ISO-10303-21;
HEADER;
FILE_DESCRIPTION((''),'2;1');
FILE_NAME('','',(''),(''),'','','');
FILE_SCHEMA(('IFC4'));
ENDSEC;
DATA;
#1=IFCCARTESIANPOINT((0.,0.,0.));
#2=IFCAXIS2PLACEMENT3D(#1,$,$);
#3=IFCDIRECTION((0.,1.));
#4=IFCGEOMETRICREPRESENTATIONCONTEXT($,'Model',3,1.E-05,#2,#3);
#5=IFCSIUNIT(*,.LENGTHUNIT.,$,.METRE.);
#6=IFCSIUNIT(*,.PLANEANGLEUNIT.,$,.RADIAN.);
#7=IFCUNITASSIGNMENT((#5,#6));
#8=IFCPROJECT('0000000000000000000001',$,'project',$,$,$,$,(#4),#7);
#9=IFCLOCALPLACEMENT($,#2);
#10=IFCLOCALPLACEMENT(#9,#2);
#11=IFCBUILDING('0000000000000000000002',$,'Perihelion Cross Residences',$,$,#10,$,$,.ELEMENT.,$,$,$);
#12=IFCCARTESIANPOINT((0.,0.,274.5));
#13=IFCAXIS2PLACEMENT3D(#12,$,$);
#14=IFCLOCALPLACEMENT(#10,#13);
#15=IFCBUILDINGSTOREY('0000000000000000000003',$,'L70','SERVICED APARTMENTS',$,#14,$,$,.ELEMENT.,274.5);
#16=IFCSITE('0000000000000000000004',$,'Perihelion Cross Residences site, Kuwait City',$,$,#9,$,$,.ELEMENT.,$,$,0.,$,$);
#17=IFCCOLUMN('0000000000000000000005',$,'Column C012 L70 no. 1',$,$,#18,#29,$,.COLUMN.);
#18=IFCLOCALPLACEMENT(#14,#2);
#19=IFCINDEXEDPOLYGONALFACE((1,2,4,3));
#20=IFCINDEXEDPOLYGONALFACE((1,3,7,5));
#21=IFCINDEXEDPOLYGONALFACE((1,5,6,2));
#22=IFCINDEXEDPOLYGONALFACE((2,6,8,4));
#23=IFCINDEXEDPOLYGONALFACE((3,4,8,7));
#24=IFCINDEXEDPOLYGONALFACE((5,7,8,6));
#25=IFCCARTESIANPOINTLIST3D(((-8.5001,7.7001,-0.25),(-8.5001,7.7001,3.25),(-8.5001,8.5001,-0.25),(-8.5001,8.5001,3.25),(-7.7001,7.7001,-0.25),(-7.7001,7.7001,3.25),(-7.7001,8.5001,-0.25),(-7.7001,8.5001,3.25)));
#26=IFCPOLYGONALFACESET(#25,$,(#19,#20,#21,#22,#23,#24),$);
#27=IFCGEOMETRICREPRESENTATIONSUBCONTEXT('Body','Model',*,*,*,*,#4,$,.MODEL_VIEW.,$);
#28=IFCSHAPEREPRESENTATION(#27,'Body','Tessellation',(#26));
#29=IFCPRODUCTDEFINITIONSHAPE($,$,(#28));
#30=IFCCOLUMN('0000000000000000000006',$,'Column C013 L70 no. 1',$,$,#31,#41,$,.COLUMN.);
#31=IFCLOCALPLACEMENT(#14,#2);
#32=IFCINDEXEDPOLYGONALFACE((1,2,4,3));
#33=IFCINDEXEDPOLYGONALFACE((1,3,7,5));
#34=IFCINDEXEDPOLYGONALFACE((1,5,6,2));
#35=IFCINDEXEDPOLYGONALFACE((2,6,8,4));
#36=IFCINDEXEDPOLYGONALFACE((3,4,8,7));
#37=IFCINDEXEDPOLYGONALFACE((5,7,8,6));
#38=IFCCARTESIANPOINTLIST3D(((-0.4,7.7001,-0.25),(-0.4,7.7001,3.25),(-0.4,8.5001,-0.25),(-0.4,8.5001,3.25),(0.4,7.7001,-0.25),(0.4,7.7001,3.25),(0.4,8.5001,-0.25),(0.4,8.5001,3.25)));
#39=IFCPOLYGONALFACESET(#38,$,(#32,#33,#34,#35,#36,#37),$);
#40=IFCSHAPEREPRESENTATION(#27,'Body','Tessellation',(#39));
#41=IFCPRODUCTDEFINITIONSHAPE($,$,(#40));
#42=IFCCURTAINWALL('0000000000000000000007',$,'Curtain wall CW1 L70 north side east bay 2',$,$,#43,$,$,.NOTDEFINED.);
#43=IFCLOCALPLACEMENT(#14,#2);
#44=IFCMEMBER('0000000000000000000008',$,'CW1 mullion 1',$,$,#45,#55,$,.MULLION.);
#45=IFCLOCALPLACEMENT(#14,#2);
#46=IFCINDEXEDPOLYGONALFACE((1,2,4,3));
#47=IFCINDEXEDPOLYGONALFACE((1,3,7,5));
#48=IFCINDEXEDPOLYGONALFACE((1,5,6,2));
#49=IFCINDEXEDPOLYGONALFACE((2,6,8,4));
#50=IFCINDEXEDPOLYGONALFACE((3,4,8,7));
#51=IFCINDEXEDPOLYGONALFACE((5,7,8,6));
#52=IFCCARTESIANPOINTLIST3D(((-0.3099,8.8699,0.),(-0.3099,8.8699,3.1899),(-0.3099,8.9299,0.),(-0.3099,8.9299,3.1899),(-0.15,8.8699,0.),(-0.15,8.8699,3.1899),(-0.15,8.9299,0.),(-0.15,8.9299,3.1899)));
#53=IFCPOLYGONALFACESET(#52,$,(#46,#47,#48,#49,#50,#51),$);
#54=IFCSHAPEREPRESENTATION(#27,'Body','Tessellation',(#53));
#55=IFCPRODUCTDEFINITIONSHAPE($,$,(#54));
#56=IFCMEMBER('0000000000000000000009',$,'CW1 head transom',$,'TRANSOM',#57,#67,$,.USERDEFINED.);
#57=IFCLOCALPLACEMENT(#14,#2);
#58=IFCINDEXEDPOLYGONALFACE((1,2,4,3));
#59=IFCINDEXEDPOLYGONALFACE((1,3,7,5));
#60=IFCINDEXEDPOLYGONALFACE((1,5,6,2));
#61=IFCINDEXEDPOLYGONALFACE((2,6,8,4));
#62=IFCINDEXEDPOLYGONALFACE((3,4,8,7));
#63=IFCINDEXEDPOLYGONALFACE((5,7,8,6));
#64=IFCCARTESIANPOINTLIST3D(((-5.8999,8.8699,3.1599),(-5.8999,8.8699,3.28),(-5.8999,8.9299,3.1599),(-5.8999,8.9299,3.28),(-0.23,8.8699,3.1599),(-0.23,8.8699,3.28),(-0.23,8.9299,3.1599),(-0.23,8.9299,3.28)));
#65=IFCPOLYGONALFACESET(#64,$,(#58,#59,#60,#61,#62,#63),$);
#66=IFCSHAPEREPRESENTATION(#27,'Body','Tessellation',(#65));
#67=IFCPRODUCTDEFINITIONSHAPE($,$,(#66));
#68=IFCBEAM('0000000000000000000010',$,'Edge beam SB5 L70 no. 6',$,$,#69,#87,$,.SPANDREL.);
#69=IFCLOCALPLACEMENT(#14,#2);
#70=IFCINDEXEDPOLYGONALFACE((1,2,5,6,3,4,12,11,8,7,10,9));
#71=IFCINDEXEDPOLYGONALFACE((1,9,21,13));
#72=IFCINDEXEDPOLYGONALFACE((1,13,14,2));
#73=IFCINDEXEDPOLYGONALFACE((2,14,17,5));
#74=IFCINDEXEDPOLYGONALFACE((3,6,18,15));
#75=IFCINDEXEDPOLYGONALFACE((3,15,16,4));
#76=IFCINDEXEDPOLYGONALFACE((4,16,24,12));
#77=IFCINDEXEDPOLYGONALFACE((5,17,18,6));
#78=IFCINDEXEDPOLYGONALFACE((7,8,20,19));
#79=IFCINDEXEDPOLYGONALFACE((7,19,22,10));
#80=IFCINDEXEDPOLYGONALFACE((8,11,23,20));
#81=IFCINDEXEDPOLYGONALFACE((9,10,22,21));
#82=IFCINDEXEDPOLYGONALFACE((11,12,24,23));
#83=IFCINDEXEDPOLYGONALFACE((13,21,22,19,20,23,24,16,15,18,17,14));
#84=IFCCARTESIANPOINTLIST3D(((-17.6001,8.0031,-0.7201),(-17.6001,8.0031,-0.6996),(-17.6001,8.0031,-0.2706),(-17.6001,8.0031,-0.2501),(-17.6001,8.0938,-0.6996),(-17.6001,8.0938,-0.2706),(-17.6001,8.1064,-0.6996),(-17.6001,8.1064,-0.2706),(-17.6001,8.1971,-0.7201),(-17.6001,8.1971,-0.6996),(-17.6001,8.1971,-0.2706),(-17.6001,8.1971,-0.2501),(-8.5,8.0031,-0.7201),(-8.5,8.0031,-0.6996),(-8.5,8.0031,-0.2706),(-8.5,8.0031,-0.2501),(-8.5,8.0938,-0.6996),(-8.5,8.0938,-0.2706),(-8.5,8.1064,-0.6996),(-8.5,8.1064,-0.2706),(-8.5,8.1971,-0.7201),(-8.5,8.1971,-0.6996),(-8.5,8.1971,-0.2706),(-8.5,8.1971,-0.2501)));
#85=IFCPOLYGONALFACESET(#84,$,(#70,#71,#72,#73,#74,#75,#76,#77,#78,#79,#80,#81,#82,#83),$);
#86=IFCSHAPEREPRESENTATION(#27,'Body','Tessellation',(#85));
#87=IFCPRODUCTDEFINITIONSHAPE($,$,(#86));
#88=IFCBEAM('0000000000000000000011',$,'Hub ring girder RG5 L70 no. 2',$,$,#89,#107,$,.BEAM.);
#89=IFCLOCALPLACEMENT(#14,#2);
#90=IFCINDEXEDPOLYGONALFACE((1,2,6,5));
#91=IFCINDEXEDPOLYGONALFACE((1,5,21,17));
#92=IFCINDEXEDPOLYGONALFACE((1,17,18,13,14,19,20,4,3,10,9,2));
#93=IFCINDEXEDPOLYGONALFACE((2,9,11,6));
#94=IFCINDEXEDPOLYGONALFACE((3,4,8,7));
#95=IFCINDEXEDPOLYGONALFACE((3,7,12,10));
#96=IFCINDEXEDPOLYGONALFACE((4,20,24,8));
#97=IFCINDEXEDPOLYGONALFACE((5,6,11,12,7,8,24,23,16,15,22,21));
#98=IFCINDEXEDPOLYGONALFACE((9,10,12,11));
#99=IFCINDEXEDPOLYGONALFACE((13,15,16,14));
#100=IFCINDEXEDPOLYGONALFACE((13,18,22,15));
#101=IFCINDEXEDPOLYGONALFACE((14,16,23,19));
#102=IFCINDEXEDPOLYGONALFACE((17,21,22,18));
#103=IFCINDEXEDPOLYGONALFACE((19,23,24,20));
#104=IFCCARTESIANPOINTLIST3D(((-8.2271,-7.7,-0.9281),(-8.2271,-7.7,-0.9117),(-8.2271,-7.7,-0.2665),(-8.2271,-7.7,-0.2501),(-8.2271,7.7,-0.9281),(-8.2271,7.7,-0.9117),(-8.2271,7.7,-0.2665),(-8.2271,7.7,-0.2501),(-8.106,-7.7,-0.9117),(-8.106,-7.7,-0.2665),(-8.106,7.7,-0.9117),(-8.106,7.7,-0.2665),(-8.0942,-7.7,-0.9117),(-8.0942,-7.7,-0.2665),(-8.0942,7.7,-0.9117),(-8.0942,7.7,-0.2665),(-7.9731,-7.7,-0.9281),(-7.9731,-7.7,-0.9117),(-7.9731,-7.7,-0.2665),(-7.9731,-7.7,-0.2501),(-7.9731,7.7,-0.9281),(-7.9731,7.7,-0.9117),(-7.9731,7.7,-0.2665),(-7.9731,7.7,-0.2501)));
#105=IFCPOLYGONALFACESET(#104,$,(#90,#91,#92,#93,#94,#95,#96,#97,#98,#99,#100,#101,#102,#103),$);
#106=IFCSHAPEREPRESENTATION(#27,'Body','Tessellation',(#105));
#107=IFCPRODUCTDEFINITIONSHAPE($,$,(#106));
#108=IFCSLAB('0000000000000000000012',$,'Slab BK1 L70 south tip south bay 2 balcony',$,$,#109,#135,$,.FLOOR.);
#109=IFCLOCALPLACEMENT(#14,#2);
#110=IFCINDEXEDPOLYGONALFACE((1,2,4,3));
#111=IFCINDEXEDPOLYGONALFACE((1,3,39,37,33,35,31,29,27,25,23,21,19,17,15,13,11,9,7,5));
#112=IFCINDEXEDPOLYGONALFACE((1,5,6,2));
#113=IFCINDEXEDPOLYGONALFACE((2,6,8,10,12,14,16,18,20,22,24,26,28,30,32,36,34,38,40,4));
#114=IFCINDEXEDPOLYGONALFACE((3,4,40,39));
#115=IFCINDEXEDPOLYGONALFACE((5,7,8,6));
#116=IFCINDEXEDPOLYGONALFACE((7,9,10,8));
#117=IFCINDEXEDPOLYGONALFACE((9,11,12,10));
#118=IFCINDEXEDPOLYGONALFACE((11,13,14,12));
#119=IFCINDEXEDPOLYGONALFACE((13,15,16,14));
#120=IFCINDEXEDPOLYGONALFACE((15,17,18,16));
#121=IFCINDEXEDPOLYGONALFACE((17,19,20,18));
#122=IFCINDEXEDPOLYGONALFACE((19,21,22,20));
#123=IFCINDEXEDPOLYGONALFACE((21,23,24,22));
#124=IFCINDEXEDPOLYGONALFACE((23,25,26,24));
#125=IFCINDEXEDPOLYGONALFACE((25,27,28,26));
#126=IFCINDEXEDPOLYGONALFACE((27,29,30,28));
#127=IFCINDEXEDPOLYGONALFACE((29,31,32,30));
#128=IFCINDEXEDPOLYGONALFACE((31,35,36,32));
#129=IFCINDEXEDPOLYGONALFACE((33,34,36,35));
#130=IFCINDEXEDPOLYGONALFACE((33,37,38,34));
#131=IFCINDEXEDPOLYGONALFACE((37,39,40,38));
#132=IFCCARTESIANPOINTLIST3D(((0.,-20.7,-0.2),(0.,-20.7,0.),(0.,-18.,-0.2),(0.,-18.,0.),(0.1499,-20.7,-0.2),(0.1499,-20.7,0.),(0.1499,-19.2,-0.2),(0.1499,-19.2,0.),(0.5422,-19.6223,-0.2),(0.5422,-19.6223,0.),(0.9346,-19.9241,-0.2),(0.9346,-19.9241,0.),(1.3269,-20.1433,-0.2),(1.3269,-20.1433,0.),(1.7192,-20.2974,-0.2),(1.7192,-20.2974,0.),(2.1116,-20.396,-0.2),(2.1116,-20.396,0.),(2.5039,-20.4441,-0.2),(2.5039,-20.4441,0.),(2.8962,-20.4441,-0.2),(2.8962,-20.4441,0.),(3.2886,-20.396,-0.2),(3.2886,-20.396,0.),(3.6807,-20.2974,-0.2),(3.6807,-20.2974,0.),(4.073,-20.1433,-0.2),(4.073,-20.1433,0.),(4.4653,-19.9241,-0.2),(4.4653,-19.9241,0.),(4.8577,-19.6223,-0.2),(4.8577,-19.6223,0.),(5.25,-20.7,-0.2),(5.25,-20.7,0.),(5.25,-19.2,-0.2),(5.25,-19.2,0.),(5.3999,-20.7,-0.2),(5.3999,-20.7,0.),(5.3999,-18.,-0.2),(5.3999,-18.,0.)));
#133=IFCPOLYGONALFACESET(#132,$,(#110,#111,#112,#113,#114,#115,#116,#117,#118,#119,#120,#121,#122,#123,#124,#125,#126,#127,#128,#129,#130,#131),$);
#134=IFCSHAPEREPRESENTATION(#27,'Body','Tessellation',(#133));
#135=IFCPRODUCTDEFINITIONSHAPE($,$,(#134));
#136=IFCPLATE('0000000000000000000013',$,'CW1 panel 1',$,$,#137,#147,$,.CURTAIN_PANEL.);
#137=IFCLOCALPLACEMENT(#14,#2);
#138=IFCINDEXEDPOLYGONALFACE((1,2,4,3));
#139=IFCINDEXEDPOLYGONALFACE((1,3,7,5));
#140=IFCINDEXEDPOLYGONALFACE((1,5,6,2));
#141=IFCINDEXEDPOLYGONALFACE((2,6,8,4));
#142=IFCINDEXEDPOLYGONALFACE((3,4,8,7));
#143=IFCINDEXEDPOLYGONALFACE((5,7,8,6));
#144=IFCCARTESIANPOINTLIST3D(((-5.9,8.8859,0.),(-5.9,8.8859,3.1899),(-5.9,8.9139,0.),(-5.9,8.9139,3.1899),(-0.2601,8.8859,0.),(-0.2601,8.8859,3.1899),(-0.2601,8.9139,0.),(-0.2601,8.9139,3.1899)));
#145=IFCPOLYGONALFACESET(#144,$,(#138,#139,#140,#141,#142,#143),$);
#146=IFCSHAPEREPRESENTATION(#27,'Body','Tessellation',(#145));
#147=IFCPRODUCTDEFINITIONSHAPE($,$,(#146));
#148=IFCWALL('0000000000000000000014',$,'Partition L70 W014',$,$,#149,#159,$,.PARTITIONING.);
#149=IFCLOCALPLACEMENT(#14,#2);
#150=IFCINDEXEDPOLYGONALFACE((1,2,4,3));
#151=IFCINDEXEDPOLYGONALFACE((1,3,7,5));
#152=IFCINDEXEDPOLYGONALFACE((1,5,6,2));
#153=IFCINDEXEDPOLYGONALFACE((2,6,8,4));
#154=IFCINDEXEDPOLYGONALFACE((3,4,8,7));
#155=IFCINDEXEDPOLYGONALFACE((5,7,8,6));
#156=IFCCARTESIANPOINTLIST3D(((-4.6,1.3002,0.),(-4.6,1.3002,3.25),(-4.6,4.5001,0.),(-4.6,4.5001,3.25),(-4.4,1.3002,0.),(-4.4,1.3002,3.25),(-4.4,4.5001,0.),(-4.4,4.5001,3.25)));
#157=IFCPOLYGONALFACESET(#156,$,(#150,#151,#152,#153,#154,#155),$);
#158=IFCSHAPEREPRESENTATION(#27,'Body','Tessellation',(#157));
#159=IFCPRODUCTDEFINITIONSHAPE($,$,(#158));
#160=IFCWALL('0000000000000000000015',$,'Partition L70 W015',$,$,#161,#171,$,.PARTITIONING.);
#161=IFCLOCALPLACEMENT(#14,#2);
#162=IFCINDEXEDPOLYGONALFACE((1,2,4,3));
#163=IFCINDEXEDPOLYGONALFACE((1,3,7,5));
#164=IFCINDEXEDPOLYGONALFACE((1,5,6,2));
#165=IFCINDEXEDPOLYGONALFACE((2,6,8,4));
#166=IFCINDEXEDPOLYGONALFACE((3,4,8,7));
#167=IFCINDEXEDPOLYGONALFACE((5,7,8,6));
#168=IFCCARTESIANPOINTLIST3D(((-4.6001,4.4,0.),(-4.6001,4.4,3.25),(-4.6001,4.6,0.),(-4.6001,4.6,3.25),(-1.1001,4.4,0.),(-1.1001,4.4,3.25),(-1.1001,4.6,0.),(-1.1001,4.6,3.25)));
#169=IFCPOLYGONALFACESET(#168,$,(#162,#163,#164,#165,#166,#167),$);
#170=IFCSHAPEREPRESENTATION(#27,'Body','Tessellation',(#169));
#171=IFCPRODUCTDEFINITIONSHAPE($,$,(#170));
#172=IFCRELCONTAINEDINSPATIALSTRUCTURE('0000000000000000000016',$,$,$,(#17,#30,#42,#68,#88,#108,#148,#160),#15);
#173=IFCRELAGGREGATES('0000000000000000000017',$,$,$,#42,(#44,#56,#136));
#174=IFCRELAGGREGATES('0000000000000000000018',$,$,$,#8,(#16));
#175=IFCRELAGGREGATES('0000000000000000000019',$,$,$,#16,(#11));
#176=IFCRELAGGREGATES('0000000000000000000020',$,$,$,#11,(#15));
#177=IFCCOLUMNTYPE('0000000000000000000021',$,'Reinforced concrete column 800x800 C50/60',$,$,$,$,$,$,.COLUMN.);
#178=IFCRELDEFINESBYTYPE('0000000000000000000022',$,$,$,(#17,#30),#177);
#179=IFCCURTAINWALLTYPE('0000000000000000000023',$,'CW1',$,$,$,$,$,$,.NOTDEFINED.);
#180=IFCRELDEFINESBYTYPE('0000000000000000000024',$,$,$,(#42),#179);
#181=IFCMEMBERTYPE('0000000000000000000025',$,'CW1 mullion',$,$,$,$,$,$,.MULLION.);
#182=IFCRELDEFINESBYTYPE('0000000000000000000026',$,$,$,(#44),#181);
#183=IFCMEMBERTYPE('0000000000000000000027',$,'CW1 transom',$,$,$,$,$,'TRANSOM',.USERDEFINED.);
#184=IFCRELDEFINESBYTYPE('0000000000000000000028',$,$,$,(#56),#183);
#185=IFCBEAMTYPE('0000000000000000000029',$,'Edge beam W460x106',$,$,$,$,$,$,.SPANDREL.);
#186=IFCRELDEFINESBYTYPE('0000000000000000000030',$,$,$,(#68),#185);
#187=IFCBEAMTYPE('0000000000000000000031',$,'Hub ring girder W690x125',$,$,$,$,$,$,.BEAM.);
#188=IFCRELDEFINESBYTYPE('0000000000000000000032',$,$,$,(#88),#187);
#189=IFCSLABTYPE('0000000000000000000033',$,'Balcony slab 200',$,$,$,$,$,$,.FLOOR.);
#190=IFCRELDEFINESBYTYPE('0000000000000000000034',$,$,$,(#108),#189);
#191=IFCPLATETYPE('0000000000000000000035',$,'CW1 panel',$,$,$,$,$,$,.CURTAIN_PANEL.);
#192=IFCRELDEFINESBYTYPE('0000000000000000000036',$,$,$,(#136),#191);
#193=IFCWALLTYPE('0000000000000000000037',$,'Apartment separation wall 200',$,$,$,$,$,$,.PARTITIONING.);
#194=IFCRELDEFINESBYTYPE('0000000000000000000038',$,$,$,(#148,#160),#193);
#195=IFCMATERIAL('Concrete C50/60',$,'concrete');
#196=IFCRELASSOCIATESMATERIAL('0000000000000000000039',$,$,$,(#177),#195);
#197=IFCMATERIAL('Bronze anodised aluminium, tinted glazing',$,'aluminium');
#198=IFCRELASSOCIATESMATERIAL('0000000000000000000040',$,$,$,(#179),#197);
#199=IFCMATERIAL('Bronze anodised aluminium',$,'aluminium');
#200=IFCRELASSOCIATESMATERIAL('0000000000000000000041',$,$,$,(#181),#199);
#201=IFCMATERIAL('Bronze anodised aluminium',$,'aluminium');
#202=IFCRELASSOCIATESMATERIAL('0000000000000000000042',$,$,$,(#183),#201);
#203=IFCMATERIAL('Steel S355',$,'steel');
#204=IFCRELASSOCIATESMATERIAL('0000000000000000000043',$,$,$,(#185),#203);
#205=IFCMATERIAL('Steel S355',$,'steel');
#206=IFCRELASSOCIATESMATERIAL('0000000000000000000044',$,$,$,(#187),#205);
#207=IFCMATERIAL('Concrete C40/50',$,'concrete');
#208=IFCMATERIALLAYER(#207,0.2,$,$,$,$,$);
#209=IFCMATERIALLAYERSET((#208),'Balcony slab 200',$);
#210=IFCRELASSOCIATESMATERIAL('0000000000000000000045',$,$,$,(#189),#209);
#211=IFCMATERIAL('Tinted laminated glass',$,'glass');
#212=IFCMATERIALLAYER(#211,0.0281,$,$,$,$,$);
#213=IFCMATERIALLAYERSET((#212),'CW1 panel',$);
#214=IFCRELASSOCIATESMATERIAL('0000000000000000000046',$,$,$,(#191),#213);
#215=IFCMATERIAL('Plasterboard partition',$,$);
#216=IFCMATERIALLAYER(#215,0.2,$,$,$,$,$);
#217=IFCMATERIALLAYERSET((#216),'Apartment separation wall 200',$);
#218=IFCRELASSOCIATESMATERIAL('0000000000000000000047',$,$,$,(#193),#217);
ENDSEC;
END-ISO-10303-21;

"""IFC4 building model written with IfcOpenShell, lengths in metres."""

from ifc_helpers import new_model, si_unit, direction, frame, frame_2d, origin, origin_2d, place, context, subcontext, project, spatial, polyline, rectangle, i_section, outline, extrude, material, layer, layer_set, material_profile, profile_set, type_object, element, aggregate, save


model = new_model("IFC4")

# Units and contexts
model_context = context("Model", 3, precision=1e-05, world=origin(), true_north=direction((0.0, 1.0)))
body_context = subcontext(model_context, "Body", "Model", "MODEL_VIEW")
ifc_project = project(units=[si_unit("LENGTHUNIT", "METRE"), si_unit("PLANEANGLEUNIT", "RADIAN")], contexts=[model_context])

# Site, building, storey
site_placement = place(None, origin())
site = spatial("IfcSite", under=ifc_project, at=site_placement, Name="Perihelion Cross Residences site, Kuwait City", CompositionType="ELEMENT", RefElevation=0.0)
building_placement = place(site_placement, origin())
building = spatial("IfcBuilding", under=site, at=building_placement, Name="Perihelion Cross Residences", CompositionType="ELEMENT")
storey_placement = place(building_placement, frame((0.0, 0.0, 274.5)))
storey = spatial("IfcBuildingStorey", under=building, at=storey_placement, Name="L70", Description="SERVICED APARTMENTS", CompositionType="ELEMENT", Elevation=274.5)

# Columns
ifc_material_1 = material(Name="Concrete C50/60", Category="concrete")
ifc_material_profile_1 = material_profile(ifc_material_1, rectangle(XDim=0.8, YDim=0.8, at=origin_2d()), Name="RC 800x800")
ifc_profile_set_1 = profile_set([ifc_material_profile_1], Name="Concrete C50/60")
column_type = type_object("IfcColumnType", Name="Reinforced concrete column 800x800 C50/60", PredefinedType="COLUMN", material=ifc_profile_set_1)
for number, where, z_axis, x_axis, name in (
    (1, (-8.1001, 8.1001, -0.25), (0.0, 0.0, 1.0), (1.0, 0.0, 0.0), "Column C012 L70 no. 1"),
    (2, (0.0, 8.1001, -0.25), (0.0, 0.0, 1.0), (1.0, 0.0, 0.0), "Column C013 L70 no. 1"),
):
    element("IfcColumn", number, at=place(storey_placement, frame(where, z_axis=z_axis, x_axis=x_axis)), inside=storey, type_object=column_type, Name=name, PredefinedType="COLUMN", context=body_context, shape_type="SweptSolid", body=[
        extrude(rectangle(XDim=0.8, YDim=0.8, at=origin_2d()), origin(), (0.0, 0.0, 1.0), 3.5),
    ])

# Curtain wall, members
ifc_material_2 = material(Name="Bronze anodised aluminium, tinted glazing", Category="aluminium")
curtain_wall_type = type_object("IfcCurtainWallType", Name="CW1", PredefinedType="NOTDEFINED", material=ifc_material_2)
curtain_wall_placement = place(storey_placement, origin())
curtain_wall = element("IfcCurtainWall", 3, at=curtain_wall_placement, inside=storey, type_object=curtain_wall_type, Name="Curtain wall CW1 L70 north side east bay 2", PredefinedType="NOTDEFINED")
ifc_material_3 = material(Name="Bronze anodised aluminium", Category="aluminium")
ifc_material_profile_2 = material_profile(ifc_material_3, rectangle(XDim=0.0601, YDim=0.1599, at=origin_2d()), Name="CW1 mullion")
ifc_profile_set_2 = profile_set([ifc_material_profile_2], Name="Bronze anodised aluminium")
member_type_1 = type_object("IfcMemberType", Name="CW1 mullion", PredefinedType="MULLION", material=ifc_profile_set_2)
member_1_placement = place(storey_placement, frame((-0.23, 8.8999, 0.0), z_axis=(0.0, 0.0, 1.0), x_axis=(0.0, -1.0, 0.0)))
member_1 = element("IfcMember", 4, at=member_1_placement, type_object=member_type_1, Name="CW1 mullion 1", PredefinedType="MULLION", context=body_context, shape_type="SweptSolid", body=[
    extrude(rectangle(XDim=0.0601, YDim=0.1599, at=origin_2d()), origin(), (0.0, 0.0, 1.0), 3.1899),
])
ifc_material_4 = material(Name="Bronze anodised aluminium", Category="aluminium")
ifc_material_profile_3 = material_profile(ifc_material_4, rectangle(XDim=0.0601, YDim=0.1201, at=origin_2d()), Name="CW1 transom")
ifc_profile_set_3 = profile_set([ifc_material_profile_3], Name="Bronze anodised aluminium")
member_type_2 = type_object("IfcMemberType", Name="CW1 transom", ElementType="TRANSOM", PredefinedType="USERDEFINED", material=ifc_profile_set_3)
member_2_placement = place(storey_placement, frame((-0.23, 8.8999, 3.22), z_axis=(-1.0, 0.0, 0.0), x_axis=(0.0, -1.0, 0.0)))
member_2 = element("IfcMember", 5, at=member_2_placement, type_object=member_type_2, Name="CW1 head transom", ObjectType="TRANSOM", PredefinedType="USERDEFINED", context=body_context, shape_type="SweptSolid", body=[
    extrude(rectangle(XDim=0.0601, YDim=0.1201, at=origin_2d()), origin(), (0.0, 0.0, 1.0), 5.6699),
])

# Beams
ifc_material_5 = material(Name="Steel S355", Category="steel")
ifc_material_profile_4 = material_profile(ifc_material_5, i_section(OverallWidth=0.1941, OverallDepth=0.47, WebThickness=0.0127, FlangeThickness=0.0205, at=origin_2d()), Name="W460x106")
ifc_profile_set_4 = profile_set([ifc_material_profile_4], Name="Steel S355")
beam_type_1 = type_object("IfcBeamType", Name="Edge beam W460x106", PredefinedType="SPANDREL", material=ifc_profile_set_4)
beam_1_placement = place(storey_placement, frame((-8.5, 8.1001, -0.4851), z_axis=(-1.0, 0.0, 0.0), x_axis=(0.0, -1.0, 0.0)))
element("IfcBeam", 6, at=beam_1_placement, inside=storey, type_object=beam_type_1, Name="Edge beam SB5 L70 no. 6", PredefinedType="SPANDREL", context=body_context, shape_type="SweptSolid", body=[
    extrude(i_section(OverallWidth=0.1941, OverallDepth=0.47, WebThickness=0.0127, FlangeThickness=0.0205, at=origin_2d()), origin(), (0.0, 0.0, 1.0), 9.1001),
])
ifc_material_6 = material(Name="Steel S355", Category="steel")
ifc_material_profile_5 = material_profile(ifc_material_6, i_section(OverallWidth=0.2539, OverallDepth=0.678, WebThickness=0.0117, FlangeThickness=0.0164, at=origin_2d()), Name="W690x125")
ifc_profile_set_5 = profile_set([ifc_material_profile_5], Name="Steel S355")
beam_type_2 = type_object("IfcBeamType", Name="Hub ring girder W690x125", PredefinedType="BEAM", material=ifc_profile_set_5)
beam_2_placement = place(storey_placement, frame((-8.1001, 7.7, -0.5891), z_axis=(0.0, -1.0, 0.0), x_axis=(1.0, 0.0, 0.0)))
element("IfcBeam", 7, at=beam_2_placement, inside=storey, type_object=beam_type_2, Name="Hub ring girder RG5 L70 no. 2", PredefinedType="BEAM", context=body_context, shape_type="SweptSolid", body=[
    extrude(i_section(OverallWidth=0.2539, OverallDepth=0.678, WebThickness=0.0117, FlangeThickness=0.0164, at=origin_2d()), origin(), (0.0, 0.0, 1.0), 15.3999),
])

# Slab
ifc_material_7 = material(Name="Concrete C40/50", Category="concrete")
ifc_layer_1 = layer(ifc_material_7, 0.2)
ifc_layer_set_1 = layer_set([ifc_layer_1], Name="Balcony slab 200")
slab_type = type_object("IfcSlabType", Name="Balcony slab 200", PredefinedType="FLOOR", material=ifc_layer_set_1)
slab_placement = place(storey_placement, frame((0.0, 0.0, -0.2)))
element("IfcSlab", 8, at=slab_placement, inside=storey, type_object=slab_type, Name="Slab BK1 L70 south tip south bay 2 balcony", PredefinedType="FLOOR", context=body_context, shape_type="SweptSolid", body=[
    extrude(outline(polyline([(0.0, -18.0), (5.3999, -18.0), (5.3999, -20.7), (5.25, -20.7), (5.25, -19.2), (4.8577, -19.6223), (4.4653, -19.9241), (4.073, -20.1433), (3.6807, -20.2974), (3.2886, -20.396), (2.8962, -20.4441), (2.5039, -20.4441), (2.1116, -20.396), (1.7192, -20.2974), (1.3269, -20.1433), (0.9346, -19.9241), (0.5422, -19.6223), (0.1499, -19.2), (0.1499, -20.7), (0.0, -20.7), (0.0, -18.0)])), origin(), (0.0, 0.0, 1.0), 0.2),
])

# Plate
ifc_material_8 = material(Name="Tinted laminated glass", Category="glass")
ifc_layer_2 = layer(ifc_material_8, 0.0281)
ifc_layer_set_2 = layer_set([ifc_layer_2], Name="CW1 panel")
plate_type = type_object("IfcPlateType", Name="CW1 panel", PredefinedType="CURTAIN_PANEL", material=ifc_layer_set_2)
plate_placement = place(storey_placement, frame((-3.0801, 8.8999, 0.0), z_axis=(0.0, 0.0, 1.0), x_axis=(-1.0, 0.0, 0.0)))
plate = element("IfcPlate", 9, at=plate_placement, type_object=plate_type, Name="CW1 panel 1", PredefinedType="CURTAIN_PANEL", context=body_context, shape_type="SweptSolid", body=[
    extrude(rectangle(XDim=5.6399, YDim=0.0281, at=origin_2d()), origin(), (0.0, 0.0, 1.0), 3.1899),
])
aggregate(curtain_wall, [member_1, member_2, plate])

# Walls
ifc_material_9 = material(Name="Plasterboard partition")
ifc_layer_3 = layer(ifc_material_9, 0.2)
ifc_layer_set_3 = layer_set([ifc_layer_3], Name="Apartment separation wall 200")
wall_type_1 = type_object("IfcWallType", Name="Apartment separation wall 200", PredefinedType="PARTITIONING", material=ifc_layer_set_3)
wall_1_placement = place(storey_placement, frame((-4.5, 1.3, 0.0), z_axis=(0.0, 0.0, 1.0), x_axis=(0.0, 1.0, 0.0)))
element("IfcWall", 10, at=wall_1_placement, inside=storey, type_object=wall_type_1, Name="Partition L70 W014", PredefinedType="PARTITIONING", context=body_context, shape_type="SweptSolid", body=[
    extrude(rectangle(XDim=3.2, YDim=0.2, at=frame_2d((1.6001, 0.0))), origin(), (0.0, 0.0, 1.0), 3.25),
])
wall_2_placement = place(storey_placement, frame((-4.6001, 4.5, 0.0), z_axis=(0.0, 0.0, 1.0), x_axis=(1.0, 0.0, 0.0)))
element("IfcWall", 11, at=wall_2_placement, inside=storey, type_object=wall_type_1, Name="Partition L70 W015", PredefinedType="PARTITIONING", context=body_context, shape_type="SweptSolid", body=[
    extrude(rectangle(XDim=3.5, YDim=0.2, at=frame_2d((1.75, 0.0))), origin(), (0.0, 0.0, 1.0), 3.25),
])

save(model, "model.ifc")
